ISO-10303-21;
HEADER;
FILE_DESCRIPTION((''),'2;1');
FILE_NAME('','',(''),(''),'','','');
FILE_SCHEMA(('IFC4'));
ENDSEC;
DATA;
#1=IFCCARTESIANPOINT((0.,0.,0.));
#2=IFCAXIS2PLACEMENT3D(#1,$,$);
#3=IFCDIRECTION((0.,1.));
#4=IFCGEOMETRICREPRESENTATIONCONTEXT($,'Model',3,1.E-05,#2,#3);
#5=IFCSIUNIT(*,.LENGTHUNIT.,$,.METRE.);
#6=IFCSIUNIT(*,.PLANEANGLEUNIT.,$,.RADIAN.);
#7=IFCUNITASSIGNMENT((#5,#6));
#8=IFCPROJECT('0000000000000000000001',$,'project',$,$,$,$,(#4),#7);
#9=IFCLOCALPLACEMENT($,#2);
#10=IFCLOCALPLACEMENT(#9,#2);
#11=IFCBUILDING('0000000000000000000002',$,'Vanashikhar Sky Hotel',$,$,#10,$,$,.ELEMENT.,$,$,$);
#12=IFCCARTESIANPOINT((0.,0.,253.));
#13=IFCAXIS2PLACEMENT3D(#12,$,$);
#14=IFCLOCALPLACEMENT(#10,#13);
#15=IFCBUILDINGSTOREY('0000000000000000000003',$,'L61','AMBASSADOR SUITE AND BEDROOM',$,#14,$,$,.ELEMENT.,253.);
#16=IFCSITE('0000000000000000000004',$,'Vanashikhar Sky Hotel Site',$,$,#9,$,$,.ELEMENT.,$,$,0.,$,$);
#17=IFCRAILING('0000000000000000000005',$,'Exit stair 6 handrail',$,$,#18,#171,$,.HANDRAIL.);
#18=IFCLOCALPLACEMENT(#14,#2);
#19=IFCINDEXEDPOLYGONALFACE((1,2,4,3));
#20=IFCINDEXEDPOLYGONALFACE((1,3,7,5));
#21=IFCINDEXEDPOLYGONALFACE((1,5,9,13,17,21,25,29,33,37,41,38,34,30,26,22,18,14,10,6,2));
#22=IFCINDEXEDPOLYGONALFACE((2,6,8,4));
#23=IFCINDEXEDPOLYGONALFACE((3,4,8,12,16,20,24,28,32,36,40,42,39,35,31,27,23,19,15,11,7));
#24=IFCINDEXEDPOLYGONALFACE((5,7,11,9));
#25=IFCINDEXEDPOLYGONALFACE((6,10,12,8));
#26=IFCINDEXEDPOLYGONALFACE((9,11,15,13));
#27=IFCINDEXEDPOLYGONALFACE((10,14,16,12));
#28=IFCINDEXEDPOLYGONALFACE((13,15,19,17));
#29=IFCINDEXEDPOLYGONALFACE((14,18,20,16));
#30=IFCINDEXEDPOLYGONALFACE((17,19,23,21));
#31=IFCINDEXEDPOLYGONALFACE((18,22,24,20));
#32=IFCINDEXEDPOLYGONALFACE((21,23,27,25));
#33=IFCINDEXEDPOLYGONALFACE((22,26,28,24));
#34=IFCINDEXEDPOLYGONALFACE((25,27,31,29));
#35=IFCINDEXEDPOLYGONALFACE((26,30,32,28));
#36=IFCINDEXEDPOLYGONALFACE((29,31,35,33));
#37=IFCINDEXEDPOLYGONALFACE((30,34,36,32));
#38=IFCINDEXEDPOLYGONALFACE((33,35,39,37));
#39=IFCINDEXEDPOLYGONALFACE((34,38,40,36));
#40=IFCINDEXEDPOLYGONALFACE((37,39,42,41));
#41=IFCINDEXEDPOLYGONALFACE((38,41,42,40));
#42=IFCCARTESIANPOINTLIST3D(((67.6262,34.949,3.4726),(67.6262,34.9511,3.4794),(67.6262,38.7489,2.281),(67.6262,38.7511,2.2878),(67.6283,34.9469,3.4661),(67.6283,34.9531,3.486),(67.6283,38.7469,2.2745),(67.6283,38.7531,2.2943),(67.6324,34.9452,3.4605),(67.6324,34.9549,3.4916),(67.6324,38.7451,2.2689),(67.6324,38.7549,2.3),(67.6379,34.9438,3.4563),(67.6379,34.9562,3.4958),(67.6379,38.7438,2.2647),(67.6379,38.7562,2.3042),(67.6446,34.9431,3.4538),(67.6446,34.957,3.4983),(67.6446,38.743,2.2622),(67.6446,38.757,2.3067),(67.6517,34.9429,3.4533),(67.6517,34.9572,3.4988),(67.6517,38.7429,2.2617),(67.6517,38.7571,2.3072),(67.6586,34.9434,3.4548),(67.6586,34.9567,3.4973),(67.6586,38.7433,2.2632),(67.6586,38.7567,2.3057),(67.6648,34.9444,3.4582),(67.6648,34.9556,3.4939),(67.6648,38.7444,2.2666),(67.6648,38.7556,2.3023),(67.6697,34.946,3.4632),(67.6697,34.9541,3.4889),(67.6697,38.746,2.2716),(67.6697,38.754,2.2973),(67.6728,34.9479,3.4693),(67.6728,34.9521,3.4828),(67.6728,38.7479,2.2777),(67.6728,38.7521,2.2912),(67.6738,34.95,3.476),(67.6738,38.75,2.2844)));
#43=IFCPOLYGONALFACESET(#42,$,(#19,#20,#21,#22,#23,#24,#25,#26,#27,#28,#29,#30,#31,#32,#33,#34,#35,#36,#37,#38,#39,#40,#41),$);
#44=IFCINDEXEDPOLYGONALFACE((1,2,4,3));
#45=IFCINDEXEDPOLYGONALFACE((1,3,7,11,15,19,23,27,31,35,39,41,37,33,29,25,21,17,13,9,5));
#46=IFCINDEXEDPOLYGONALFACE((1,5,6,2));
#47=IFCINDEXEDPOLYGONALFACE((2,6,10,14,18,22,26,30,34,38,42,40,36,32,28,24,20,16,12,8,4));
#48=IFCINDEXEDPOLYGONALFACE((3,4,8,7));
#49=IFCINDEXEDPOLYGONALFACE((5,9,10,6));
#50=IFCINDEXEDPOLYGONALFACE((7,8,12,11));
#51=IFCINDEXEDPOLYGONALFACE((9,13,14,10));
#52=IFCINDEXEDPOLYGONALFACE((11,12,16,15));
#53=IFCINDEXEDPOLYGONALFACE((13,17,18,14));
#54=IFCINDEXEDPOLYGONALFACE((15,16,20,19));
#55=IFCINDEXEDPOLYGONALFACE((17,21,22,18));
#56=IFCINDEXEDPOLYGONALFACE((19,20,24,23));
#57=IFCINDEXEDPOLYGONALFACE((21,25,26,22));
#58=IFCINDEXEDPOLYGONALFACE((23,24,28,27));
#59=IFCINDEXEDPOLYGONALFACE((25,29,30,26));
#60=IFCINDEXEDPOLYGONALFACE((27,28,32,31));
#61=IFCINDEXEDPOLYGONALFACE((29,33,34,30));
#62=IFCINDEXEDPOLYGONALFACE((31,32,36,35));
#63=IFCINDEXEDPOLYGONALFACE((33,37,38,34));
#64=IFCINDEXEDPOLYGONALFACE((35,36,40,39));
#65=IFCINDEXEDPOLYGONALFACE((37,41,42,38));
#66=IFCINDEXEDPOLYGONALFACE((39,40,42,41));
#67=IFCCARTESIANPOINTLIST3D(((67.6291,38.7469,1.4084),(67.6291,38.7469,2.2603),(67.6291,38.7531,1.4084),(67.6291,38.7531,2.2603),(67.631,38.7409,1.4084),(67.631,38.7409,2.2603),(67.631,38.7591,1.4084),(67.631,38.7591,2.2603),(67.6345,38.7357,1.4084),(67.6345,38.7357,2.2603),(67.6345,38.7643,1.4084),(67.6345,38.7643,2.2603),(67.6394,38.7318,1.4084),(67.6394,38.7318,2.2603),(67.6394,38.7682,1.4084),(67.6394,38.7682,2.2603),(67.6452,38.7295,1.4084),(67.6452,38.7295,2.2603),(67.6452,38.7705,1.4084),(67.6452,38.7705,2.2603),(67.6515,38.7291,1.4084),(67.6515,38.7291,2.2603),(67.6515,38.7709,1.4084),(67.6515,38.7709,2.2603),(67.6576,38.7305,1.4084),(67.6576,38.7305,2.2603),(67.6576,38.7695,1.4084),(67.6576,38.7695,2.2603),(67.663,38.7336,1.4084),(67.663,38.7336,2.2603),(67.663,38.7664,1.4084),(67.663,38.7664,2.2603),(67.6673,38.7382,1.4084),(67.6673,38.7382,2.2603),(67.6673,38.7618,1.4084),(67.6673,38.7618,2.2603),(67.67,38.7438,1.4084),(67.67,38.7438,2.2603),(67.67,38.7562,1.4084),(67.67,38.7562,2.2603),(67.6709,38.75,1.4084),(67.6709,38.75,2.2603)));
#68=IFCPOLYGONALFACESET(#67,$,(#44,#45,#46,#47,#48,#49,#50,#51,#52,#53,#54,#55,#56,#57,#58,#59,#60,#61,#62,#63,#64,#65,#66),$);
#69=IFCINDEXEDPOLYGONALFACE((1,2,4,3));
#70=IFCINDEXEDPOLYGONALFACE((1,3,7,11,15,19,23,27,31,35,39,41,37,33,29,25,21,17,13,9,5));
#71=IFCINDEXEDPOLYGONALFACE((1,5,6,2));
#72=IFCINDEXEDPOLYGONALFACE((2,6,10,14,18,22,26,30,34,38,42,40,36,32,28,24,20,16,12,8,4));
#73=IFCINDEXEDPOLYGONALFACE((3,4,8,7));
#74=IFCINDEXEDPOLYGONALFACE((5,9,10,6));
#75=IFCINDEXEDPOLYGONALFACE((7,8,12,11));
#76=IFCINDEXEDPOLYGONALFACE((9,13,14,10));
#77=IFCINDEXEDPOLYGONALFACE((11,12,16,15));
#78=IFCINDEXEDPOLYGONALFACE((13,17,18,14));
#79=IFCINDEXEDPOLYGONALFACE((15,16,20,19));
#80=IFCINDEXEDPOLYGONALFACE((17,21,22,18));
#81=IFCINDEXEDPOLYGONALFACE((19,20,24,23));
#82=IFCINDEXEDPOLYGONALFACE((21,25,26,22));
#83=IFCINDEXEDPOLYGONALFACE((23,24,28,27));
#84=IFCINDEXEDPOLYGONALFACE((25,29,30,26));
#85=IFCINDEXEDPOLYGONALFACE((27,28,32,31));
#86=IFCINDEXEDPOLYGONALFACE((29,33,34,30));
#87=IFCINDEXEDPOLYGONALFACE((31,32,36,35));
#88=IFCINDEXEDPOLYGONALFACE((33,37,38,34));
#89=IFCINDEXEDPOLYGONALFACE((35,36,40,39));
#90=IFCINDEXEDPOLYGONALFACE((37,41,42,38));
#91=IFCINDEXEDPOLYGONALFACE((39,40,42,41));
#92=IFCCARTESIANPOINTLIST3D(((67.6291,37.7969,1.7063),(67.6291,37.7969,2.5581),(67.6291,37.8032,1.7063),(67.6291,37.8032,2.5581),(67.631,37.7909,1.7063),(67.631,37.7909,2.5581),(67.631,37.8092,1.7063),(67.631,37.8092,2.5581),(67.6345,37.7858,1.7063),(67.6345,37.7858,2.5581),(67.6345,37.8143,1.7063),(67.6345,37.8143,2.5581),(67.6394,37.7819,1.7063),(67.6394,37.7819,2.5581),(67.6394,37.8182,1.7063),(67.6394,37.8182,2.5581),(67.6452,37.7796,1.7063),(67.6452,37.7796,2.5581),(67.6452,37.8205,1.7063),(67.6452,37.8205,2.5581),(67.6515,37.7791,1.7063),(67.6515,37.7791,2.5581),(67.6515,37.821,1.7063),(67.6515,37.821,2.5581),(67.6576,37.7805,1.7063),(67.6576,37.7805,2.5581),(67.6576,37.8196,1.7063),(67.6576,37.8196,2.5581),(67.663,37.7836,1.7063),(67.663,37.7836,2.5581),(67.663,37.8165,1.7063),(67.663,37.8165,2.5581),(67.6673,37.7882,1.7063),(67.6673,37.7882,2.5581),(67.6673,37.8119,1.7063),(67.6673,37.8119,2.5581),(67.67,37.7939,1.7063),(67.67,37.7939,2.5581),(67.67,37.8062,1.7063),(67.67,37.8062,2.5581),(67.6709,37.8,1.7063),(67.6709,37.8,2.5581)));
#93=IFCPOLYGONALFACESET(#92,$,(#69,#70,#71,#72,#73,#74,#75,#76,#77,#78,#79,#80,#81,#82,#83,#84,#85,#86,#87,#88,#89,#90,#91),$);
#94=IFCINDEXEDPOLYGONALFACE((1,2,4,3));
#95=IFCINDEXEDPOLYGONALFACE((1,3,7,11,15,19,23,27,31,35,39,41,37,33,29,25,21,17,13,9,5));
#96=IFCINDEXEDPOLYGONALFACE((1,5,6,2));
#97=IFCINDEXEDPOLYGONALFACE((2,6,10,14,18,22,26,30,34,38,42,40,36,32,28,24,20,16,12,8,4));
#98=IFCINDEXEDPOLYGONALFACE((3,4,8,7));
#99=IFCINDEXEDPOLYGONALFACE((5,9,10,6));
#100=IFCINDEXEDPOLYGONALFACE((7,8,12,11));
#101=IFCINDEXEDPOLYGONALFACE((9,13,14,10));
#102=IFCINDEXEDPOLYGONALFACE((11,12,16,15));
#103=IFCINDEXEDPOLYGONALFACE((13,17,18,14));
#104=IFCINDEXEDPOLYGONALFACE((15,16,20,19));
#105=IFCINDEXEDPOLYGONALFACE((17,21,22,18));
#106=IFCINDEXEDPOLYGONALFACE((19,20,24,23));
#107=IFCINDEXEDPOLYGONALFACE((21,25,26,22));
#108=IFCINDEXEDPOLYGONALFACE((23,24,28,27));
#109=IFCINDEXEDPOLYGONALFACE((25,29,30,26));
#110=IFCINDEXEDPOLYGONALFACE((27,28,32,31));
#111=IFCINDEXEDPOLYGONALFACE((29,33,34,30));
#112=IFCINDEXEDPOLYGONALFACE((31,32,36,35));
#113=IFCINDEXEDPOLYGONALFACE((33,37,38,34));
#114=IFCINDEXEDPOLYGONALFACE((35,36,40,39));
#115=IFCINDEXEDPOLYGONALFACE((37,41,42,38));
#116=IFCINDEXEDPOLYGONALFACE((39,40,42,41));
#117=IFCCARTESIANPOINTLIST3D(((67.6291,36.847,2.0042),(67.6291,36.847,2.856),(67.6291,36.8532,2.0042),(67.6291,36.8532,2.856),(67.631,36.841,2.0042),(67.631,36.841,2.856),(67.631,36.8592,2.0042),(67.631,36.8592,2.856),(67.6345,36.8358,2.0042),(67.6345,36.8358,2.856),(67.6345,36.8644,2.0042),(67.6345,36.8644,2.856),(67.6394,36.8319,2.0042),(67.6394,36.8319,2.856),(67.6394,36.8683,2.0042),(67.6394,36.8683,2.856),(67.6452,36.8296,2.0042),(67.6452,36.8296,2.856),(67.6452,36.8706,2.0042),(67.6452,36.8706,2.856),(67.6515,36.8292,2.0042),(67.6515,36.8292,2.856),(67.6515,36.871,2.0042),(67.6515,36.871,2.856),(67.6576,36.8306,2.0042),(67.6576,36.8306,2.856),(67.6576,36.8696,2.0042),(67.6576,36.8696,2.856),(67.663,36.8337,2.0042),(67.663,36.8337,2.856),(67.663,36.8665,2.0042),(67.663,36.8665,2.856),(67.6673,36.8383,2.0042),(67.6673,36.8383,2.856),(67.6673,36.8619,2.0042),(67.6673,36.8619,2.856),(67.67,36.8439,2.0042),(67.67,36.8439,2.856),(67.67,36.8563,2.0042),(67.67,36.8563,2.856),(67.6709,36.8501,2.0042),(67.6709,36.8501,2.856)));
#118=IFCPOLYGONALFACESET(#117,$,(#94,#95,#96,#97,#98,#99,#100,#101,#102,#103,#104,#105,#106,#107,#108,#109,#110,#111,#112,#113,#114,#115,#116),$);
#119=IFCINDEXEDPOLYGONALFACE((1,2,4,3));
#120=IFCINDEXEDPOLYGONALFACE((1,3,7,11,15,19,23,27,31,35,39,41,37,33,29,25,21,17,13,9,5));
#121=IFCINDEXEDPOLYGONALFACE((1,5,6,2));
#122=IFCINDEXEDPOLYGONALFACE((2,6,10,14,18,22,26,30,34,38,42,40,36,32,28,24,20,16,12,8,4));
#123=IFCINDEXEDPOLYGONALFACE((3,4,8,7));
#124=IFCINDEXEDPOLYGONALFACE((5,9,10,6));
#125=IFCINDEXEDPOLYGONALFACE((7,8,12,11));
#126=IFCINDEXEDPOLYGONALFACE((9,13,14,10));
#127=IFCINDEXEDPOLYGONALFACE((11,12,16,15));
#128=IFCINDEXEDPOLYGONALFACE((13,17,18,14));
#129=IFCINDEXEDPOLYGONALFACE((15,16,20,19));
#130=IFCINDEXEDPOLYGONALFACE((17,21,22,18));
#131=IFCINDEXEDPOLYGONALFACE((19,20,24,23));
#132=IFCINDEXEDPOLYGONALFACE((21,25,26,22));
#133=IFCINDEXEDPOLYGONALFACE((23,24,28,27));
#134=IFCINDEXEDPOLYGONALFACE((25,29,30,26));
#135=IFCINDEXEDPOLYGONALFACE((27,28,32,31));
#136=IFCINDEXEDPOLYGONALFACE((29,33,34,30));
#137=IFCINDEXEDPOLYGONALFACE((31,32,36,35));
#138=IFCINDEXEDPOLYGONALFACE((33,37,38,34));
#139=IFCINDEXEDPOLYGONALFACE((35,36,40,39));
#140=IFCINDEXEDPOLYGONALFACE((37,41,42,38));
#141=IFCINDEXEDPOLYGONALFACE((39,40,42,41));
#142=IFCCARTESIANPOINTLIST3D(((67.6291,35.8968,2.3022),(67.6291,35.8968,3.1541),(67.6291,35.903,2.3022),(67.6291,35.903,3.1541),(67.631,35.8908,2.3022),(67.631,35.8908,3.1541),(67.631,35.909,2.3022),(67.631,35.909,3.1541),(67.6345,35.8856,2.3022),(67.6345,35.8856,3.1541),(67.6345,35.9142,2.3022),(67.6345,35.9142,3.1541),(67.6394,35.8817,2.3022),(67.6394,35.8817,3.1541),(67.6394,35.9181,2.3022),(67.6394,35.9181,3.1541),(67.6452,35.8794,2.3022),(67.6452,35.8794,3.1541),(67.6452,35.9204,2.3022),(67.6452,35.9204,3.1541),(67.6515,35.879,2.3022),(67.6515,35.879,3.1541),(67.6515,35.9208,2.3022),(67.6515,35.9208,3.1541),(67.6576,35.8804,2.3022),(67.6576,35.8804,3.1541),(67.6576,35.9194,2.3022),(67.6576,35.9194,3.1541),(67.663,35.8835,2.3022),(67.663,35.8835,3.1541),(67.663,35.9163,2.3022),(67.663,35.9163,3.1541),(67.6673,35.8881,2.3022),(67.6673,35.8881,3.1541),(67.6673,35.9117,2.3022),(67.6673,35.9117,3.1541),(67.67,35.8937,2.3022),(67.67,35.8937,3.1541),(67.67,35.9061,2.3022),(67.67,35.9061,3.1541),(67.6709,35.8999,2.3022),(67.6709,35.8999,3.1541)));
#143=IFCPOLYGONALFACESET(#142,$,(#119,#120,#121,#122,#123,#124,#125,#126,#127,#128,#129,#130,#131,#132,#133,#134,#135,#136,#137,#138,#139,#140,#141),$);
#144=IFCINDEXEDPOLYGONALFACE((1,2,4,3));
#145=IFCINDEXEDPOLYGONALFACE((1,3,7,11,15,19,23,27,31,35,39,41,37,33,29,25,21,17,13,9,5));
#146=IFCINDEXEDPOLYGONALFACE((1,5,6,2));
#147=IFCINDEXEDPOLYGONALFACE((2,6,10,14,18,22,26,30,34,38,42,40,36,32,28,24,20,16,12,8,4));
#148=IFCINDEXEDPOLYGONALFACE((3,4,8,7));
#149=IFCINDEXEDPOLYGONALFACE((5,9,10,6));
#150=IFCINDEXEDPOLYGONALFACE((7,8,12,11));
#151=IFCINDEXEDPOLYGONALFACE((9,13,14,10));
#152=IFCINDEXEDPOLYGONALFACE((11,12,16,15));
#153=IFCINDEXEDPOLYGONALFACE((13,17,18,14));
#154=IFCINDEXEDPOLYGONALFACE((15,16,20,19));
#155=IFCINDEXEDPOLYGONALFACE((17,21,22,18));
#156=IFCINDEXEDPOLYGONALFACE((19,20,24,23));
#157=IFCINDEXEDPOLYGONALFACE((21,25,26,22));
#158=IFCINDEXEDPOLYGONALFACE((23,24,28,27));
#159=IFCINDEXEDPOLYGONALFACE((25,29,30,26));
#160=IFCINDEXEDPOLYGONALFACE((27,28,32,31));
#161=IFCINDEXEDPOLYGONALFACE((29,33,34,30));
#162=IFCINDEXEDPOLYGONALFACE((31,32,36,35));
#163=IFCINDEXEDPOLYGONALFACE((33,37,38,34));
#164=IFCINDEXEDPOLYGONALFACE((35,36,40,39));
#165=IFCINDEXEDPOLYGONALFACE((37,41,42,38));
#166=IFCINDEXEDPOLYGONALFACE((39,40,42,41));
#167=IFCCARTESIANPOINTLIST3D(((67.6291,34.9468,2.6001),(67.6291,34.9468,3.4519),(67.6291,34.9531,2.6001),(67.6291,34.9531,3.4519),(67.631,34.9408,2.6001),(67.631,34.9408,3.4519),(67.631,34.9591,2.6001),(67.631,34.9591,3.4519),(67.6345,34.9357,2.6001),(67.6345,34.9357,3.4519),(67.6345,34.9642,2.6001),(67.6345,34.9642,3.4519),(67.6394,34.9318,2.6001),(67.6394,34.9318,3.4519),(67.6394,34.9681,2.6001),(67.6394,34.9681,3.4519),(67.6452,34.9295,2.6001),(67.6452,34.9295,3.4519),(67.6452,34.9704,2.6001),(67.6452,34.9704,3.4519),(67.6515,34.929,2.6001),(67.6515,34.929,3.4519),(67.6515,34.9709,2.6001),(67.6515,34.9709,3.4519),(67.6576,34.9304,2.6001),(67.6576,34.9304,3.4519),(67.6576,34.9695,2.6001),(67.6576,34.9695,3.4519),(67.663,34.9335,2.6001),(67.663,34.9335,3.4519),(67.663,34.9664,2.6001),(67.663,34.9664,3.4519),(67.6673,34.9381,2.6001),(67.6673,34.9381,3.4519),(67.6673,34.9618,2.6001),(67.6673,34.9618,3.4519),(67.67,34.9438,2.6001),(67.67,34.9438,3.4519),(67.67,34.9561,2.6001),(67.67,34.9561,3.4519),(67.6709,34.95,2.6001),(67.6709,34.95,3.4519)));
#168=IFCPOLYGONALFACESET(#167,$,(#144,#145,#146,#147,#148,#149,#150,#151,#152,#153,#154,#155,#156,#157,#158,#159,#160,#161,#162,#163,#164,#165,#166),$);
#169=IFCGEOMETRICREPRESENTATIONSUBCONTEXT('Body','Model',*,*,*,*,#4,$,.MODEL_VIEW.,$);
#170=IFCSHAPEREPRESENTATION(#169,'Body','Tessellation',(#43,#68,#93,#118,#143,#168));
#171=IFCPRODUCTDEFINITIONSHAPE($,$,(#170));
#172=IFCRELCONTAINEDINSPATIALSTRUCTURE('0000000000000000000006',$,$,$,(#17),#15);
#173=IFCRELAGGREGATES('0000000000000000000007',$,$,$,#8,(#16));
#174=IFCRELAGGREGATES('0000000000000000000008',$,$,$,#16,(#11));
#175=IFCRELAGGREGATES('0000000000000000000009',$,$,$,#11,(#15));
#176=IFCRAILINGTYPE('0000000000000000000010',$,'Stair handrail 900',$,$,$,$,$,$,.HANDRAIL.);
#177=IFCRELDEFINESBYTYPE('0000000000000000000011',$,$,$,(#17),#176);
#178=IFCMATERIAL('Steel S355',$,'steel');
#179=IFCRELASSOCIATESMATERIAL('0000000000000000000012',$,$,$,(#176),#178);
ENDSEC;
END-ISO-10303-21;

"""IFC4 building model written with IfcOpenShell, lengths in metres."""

from ifc_helpers import new_model, si_unit, direction, frame, origin, origin_2d, place, context, subcontext, project, spatial, circle, extrude, source, transform, mapped, material, type_object, element, save


model = new_model("IFC4")

# Units and contexts
model_context = context("Model", 3, precision=1e-05, world=origin(), true_north=direction((0.0, 1.0)))
body_context = subcontext(model_context, "Body", "Model", "MODEL_VIEW")
ifc_project = project(units=[si_unit("LENGTHUNIT", "METRE"), si_unit("PLANEANGLEUNIT", "RADIAN")], contexts=[model_context])

# Site, building, storey
site_placement = place(None, origin())
site = spatial("IfcSite", under=ifc_project, at=site_placement, Name="Vanashikhar Sky Hotel Site", CompositionType="ELEMENT", RefElevation=0.0)
building_placement = place(site_placement, origin())
building = spatial("IfcBuilding", under=site, at=building_placement, Name="Vanashikhar Sky Hotel", CompositionType="ELEMENT")
storey_placement = place(building_placement, frame((0.0, 0.0, 253.0)))
storey = spatial("IfcBuildingStorey", under=building, at=storey_placement, Name="L61", Description="AMBASSADOR SUITE AND BEDROOM", CompositionType="ELEMENT", Elevation=253.0)

# Railing
ifc_material_1 = material(Name="Steel S355", Category="steel")
railing_type_1 = type_object("IfcRailingType", Name="Stair handrail 900", PredefinedType="HANDRAIL", material=ifc_material_1)
shared_shape_1 = source(origin(), body_context, "Body", "SweptSolid", [
    extrude(circle(Radius=0.0239, at=origin_2d()), frame((0.0, 0.0, 0.876), z_axis=(0.0, -0.954184, 0.299221), x_axis=(1.0, 0.0, 0.0)), (0.0, 0.0, 1.0), 3.9824),
    extrude(circle(Radius=0.021, at=origin_2d()), origin(), (0.0, 0.0, 1.0), 0.8518),
    extrude(circle(Radius=0.021, at=origin_2d()), frame((0.0, -0.95, 0.2979)), (0.0, 0.0, 1.0), 0.8518),
    extrude(circle(Radius=0.021, at=origin_2d()), frame((0.0, -1.8999, 0.5957)), (0.0, 0.0, 1.0), 0.8518),
    extrude(circle(Radius=0.021, at=origin_2d()), frame((0.0, -2.8501, 0.8938)), (0.0, 0.0, 1.0), 0.8518),
    extrude(circle(Radius=0.021, at=origin_2d()), frame((0.0, -3.8, 1.1917)), (0.0, 0.0, 1.0), 0.8518),
])
railing_1_placement = place(storey_placement, frame((67.6499, 38.75, 1.4084)))
element("IfcRailing", 1, at=railing_1_placement, inside=storey, type_object=railing_type_1, Name="Exit stair 6 handrail", PredefinedType="HANDRAIL", context=body_context, shape_type="MappedRepresentation", body=[
    mapped(shared_shape_1, transform((0.0, 0.0, 0.0), scale=1.0)),
])

save(model, "model.ifc")
